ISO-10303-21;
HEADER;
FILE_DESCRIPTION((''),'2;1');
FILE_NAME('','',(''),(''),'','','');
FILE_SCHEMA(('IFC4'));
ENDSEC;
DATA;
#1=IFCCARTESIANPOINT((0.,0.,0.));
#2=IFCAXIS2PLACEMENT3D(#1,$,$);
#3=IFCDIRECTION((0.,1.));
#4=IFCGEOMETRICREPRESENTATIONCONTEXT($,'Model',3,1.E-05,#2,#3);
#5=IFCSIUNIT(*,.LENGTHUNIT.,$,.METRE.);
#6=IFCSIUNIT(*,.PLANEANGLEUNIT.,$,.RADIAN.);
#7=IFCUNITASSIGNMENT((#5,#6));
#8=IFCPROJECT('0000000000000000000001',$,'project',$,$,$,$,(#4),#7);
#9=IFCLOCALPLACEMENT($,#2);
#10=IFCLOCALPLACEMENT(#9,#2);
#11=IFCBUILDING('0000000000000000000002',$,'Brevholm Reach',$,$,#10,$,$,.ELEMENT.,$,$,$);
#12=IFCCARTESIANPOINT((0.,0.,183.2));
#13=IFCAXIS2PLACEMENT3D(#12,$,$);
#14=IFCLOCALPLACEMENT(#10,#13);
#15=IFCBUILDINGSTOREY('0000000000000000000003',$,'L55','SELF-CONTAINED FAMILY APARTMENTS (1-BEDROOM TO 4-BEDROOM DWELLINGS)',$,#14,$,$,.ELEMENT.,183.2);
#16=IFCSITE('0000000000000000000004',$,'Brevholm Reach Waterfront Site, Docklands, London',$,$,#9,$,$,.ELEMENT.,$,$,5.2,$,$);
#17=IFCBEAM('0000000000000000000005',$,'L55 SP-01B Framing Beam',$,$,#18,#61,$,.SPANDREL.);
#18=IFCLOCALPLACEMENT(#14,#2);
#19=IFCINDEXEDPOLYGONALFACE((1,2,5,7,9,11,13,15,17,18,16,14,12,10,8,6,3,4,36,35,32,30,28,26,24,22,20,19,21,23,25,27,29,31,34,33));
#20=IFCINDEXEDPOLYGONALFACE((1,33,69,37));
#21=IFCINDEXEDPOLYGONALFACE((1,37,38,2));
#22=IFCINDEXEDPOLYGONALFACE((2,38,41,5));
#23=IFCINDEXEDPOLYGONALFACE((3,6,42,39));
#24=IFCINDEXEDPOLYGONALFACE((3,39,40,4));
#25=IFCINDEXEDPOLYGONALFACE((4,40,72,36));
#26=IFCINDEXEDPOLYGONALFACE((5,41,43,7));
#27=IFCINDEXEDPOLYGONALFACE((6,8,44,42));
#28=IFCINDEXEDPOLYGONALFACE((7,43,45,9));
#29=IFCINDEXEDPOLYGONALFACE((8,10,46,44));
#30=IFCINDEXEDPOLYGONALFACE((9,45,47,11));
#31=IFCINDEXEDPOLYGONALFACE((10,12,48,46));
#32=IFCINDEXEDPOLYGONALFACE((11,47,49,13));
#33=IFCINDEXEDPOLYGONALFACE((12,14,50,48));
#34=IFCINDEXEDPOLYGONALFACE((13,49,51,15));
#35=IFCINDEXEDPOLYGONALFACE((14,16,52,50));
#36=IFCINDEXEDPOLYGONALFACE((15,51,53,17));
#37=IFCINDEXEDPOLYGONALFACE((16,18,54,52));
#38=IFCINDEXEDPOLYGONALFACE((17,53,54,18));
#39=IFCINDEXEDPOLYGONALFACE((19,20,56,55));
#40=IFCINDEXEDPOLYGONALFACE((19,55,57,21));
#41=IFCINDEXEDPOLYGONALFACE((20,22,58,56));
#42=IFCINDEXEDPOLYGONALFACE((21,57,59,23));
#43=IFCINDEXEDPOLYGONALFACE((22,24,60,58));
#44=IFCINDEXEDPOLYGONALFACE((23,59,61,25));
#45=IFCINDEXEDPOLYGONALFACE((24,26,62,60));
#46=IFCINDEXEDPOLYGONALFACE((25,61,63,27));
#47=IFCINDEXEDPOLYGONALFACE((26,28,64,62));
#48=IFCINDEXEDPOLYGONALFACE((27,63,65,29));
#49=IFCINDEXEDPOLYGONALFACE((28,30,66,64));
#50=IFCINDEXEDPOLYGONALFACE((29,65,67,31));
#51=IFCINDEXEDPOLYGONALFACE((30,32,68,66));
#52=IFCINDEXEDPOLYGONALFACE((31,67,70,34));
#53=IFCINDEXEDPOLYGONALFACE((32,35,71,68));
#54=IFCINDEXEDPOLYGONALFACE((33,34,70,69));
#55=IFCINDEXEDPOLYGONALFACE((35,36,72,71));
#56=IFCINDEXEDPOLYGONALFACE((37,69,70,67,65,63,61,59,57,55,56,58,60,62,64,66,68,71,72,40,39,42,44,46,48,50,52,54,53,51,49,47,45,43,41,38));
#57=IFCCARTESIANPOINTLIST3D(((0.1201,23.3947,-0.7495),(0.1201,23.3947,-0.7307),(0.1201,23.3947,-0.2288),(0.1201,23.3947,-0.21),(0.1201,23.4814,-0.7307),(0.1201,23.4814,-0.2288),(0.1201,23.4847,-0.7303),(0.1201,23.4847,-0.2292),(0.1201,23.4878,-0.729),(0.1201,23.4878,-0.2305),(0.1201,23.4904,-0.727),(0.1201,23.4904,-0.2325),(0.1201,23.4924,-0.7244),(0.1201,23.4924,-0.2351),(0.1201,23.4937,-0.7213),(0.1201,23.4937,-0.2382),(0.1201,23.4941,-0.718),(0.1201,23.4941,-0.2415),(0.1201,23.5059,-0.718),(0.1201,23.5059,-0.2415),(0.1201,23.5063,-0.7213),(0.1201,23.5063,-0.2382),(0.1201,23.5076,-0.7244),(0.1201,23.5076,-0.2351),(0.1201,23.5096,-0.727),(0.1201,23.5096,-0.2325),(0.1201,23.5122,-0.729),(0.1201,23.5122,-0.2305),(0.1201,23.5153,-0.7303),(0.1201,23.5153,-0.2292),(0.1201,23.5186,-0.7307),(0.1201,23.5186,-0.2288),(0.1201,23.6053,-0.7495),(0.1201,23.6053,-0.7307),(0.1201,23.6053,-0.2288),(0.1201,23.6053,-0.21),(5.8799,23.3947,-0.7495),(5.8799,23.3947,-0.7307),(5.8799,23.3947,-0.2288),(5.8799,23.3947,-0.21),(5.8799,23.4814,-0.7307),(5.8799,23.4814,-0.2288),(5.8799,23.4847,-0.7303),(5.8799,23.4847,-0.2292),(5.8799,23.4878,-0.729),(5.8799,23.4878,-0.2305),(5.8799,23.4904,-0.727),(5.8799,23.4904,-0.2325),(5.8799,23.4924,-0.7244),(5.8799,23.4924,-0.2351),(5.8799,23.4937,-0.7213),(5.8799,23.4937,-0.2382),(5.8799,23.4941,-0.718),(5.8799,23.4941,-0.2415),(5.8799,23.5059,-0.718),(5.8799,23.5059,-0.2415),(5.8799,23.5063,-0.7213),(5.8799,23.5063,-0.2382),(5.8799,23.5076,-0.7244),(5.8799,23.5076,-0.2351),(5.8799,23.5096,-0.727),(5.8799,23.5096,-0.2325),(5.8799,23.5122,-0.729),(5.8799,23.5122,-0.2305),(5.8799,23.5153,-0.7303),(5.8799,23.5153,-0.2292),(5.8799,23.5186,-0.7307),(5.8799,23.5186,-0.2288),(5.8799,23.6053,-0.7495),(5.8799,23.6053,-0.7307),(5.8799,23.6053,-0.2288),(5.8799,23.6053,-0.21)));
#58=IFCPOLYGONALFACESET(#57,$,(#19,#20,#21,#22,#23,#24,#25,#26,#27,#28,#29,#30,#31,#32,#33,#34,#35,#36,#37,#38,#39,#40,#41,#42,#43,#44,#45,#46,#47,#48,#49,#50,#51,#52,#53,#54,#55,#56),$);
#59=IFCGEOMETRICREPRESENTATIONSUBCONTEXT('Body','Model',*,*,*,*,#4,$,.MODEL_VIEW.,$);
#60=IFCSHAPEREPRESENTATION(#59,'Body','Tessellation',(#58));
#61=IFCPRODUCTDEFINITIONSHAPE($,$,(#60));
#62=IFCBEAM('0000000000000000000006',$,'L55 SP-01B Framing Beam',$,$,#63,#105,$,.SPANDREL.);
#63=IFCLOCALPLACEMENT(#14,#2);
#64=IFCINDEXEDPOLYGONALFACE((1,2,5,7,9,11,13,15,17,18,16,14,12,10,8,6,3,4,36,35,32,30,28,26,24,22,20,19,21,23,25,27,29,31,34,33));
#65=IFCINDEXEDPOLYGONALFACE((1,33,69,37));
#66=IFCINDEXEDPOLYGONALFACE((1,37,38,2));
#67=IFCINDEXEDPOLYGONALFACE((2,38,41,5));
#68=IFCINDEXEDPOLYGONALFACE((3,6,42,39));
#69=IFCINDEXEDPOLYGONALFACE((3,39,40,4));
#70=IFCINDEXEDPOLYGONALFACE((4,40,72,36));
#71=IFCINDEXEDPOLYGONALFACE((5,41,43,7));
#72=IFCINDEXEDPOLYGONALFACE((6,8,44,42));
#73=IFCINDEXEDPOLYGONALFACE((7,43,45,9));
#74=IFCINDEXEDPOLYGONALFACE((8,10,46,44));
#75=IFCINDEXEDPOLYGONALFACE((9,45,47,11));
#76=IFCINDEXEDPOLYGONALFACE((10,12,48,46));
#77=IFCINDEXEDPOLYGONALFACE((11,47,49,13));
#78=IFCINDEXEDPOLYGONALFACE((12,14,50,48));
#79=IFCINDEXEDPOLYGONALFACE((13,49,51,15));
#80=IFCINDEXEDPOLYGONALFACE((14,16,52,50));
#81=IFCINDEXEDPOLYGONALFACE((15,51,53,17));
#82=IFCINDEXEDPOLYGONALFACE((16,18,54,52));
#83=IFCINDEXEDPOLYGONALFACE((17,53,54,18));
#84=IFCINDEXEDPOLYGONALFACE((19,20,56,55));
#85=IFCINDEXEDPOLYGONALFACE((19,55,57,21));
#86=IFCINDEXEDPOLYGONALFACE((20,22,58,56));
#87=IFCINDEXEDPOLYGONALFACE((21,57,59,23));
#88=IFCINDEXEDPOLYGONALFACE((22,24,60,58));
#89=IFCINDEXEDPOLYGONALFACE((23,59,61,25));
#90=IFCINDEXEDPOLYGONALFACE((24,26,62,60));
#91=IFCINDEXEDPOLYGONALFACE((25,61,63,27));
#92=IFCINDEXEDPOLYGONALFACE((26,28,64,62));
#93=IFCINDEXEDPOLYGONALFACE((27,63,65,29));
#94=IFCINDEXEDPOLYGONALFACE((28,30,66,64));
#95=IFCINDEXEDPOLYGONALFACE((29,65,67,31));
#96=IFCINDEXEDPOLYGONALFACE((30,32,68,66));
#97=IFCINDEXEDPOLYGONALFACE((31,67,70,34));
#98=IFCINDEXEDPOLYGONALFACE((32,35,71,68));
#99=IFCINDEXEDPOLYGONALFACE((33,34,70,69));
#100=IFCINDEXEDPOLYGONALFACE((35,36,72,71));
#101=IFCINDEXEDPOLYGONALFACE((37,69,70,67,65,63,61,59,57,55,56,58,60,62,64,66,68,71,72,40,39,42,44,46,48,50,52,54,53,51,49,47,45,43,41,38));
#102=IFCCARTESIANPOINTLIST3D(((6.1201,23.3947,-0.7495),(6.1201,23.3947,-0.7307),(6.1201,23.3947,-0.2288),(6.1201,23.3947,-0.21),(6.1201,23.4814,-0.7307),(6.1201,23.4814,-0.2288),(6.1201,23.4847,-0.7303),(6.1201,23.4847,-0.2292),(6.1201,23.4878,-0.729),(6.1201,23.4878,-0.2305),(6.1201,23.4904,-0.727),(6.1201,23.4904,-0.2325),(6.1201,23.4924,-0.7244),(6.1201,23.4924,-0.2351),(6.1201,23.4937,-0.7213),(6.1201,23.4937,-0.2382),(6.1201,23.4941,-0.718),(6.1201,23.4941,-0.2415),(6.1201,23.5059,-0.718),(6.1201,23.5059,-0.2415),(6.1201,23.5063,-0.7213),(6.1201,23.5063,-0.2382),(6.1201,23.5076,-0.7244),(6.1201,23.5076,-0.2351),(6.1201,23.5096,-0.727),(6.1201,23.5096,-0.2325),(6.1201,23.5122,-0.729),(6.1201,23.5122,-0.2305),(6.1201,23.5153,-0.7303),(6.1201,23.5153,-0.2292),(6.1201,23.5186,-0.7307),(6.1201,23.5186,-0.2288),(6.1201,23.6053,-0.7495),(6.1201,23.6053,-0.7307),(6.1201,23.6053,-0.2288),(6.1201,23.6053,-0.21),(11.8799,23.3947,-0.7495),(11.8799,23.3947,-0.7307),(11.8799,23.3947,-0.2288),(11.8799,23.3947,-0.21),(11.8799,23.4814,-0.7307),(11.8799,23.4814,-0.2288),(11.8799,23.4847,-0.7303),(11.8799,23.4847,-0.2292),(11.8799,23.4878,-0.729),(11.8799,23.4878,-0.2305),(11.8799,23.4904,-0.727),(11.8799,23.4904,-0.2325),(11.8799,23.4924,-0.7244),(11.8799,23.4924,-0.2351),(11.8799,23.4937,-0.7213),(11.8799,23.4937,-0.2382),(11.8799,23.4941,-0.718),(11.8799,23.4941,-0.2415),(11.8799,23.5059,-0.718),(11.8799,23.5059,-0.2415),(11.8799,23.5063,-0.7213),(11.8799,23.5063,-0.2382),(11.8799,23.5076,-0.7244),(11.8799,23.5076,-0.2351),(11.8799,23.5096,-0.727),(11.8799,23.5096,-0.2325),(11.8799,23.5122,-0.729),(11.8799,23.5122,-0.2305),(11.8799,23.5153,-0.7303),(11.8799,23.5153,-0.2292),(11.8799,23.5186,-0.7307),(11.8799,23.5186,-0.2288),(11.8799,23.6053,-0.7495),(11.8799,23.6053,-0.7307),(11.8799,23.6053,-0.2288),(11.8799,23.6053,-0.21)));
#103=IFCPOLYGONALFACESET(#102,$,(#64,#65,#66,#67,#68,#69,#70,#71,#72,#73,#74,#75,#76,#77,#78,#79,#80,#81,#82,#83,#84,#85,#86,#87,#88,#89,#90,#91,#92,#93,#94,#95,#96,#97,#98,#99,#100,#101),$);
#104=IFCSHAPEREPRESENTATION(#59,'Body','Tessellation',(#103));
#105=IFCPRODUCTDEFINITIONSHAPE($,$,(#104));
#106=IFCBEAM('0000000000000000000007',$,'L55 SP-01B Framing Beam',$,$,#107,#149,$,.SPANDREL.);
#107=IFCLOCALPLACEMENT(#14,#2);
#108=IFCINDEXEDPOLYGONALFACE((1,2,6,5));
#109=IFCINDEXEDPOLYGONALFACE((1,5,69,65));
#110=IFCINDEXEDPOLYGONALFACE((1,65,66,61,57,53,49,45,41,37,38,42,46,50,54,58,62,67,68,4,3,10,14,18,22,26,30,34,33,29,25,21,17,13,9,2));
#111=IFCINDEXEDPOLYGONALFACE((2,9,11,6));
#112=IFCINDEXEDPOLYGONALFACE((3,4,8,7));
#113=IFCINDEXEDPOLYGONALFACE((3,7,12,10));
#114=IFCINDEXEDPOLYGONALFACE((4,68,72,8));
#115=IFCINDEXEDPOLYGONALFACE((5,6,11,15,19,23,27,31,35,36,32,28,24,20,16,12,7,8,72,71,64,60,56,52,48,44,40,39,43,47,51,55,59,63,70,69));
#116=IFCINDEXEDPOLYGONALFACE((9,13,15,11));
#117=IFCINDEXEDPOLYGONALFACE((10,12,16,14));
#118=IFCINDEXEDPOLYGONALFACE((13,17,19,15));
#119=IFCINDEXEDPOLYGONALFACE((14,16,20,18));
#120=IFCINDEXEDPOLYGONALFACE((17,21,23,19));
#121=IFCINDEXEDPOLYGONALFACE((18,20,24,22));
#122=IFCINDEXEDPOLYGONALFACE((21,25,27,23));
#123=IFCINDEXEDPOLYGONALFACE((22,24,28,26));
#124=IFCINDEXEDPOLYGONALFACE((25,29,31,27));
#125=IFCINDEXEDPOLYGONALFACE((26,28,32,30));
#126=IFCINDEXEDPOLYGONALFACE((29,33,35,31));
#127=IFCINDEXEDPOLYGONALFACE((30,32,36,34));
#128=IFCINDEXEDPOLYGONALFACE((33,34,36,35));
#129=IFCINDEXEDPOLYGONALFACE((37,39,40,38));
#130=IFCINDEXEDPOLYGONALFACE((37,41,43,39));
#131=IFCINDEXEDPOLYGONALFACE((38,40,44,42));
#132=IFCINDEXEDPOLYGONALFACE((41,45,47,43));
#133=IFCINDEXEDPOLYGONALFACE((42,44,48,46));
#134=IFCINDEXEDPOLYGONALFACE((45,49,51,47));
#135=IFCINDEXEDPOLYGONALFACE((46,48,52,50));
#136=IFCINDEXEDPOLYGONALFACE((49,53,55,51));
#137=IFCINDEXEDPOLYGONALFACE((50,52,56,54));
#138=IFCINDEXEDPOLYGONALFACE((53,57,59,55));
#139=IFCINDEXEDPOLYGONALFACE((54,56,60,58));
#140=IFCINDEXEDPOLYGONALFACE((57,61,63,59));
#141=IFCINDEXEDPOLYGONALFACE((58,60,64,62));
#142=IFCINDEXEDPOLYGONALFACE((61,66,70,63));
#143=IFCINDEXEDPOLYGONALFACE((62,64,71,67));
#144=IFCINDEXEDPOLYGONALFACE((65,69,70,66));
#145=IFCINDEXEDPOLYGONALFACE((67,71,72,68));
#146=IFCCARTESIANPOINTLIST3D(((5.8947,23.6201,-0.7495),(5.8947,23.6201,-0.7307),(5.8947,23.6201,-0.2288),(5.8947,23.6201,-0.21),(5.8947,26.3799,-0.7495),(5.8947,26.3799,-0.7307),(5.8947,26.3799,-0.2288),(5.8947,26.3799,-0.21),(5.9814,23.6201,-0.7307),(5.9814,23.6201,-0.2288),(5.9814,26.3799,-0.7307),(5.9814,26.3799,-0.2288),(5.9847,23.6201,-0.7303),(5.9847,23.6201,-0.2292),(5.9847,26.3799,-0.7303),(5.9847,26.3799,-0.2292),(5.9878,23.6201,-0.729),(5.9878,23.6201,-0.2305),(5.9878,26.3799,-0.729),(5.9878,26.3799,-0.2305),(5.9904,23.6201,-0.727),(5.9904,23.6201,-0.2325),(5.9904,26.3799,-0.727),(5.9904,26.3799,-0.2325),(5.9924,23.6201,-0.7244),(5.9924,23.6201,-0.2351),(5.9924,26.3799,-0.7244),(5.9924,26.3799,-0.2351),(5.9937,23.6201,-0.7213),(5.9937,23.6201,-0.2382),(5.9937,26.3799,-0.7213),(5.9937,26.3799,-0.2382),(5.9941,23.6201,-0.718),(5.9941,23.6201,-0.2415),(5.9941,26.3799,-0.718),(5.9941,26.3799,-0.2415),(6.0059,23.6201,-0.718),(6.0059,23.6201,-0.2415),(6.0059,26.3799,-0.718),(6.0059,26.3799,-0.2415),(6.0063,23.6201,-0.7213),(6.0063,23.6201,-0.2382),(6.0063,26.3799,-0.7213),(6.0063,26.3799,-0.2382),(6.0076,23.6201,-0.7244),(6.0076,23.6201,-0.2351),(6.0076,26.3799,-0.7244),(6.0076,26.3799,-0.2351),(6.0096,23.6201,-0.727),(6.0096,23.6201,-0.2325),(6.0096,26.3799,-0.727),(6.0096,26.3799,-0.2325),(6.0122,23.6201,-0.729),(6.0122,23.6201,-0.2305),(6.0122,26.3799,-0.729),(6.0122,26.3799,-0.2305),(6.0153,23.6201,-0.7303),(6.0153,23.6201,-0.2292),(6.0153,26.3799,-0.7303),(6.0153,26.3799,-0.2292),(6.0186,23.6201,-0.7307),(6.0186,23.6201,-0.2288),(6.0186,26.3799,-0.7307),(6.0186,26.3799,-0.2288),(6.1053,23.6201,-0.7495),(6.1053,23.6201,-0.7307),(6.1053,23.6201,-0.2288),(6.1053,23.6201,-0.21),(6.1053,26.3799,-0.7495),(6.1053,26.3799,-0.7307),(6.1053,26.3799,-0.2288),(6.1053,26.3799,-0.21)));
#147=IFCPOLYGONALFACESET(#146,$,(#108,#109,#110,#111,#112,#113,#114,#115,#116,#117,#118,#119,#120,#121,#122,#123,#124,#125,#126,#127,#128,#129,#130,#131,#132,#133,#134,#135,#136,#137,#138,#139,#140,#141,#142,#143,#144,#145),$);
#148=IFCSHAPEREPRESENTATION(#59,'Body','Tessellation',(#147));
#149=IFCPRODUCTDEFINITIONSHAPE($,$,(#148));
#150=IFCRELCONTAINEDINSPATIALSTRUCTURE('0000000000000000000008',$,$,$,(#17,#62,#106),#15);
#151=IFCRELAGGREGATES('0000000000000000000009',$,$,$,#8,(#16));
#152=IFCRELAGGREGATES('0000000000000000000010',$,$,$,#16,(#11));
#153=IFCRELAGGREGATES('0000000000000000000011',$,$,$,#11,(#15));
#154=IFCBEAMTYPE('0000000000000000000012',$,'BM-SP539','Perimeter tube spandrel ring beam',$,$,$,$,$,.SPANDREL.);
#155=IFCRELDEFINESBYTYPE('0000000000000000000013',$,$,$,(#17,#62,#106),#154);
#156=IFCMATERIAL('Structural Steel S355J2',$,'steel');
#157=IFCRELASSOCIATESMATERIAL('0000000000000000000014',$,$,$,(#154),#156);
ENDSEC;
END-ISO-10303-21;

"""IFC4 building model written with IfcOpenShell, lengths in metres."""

from ifc_helpers import new_model, si_unit, direction, frame, origin, origin_2d, place, context, subcontext, project, spatial, i_section, extrude, material, material_profile, profile_set, type_object, element, save


model = new_model("IFC4")

# Units and contexts
model_context = context("Model", 3, precision=1e-05, world=origin(), true_north=direction((0.0, 1.0)))
body_context = subcontext(model_context, "Body", "Model", "MODEL_VIEW")
ifc_project = project(units=[si_unit("LENGTHUNIT", "METRE"), si_unit("PLANEANGLEUNIT", "RADIAN")], contexts=[model_context])

# Site, building, storey
site_placement = place(None, origin())
site = spatial("IfcSite", under=ifc_project, at=site_placement, Name="Brevholm Reach Waterfront Site, Docklands, London", CompositionType="ELEMENT", RefElevation=5.2)
building_placement = place(site_placement, origin())
building = spatial("IfcBuilding", under=site, at=building_placement, Name="Brevholm Reach", CompositionType="ELEMENT")
storey_placement = place(building_placement, frame((0.0, 0.0, 183.2)))
storey = spatial("IfcBuildingStorey", under=building, at=storey_placement, Name="L55", Description="SELF-CONTAINED FAMILY APARTMENTS (1-BEDROOM TO 4-BEDROOM DWELLINGS)", CompositionType="ELEMENT", Elevation=183.2)

# Beams
ifc_material_1 = material(Name="Structural Steel S355J2", Category="steel")
ifc_material_profile_1 = material_profile(ifc_material_1, i_section(OverallWidth=0.2107, OverallDepth=0.5396, WebThickness=0.0117, FlangeThickness=0.0188, FilletRadius=0.0127, at=origin_2d()), Name="UKB 533x210x109")
ifc_profile_set_1 = profile_set([ifc_material_profile_1], Name="Structural Steel S355J2")
beam_type_1 = type_object("IfcBeamType", Name="BM-SP539", Description="Perimeter tube spandrel ring beam", PredefinedType="SPANDREL", material=ifc_profile_set_1)
for number, where, z_axis, x_axis, name in (
    (1, (0.1201, 23.5, -0.4797), (1.0, 0.0, 0.0), (0.0, 1.0, 0.0), "L55 SP-01B Framing Beam"),
    (2, (6.1201, 23.5, -0.4797), (1.0, 0.0, 0.0), (0.0, 1.0, 0.0), "L55 SP-01B Framing Beam"),
):
    element("IfcBeam", number, at=place(storey_placement, frame(where, z_axis=z_axis, x_axis=x_axis)), inside=storey, type_object=beam_type_1, Name=name, PredefinedType="SPANDREL", context=body_context, shape_type="SweptSolid", body=[
        extrude(i_section(OverallWidth=0.2107, OverallDepth=0.5396, WebThickness=0.0117, FlangeThickness=0.0188, FilletRadius=0.0127, at=origin_2d()), origin(), (0.0, 0.0, 1.0), 5.7598),
    ])
beam_1_placement = place(storey_placement, frame((6.0, 23.6201, -0.4797), z_axis=(0.0, 1.0, 0.0), x_axis=(-1.0, 0.0, 0.0)))
element("IfcBeam", 3, at=beam_1_placement, inside=storey, type_object=beam_type_1, Name="L55 SP-01B Framing Beam", PredefinedType="SPANDREL", context=body_context, shape_type="SweptSolid", body=[
    extrude(i_section(OverallWidth=0.2107, OverallDepth=0.5396, WebThickness=0.0117, FlangeThickness=0.0188, FilletRadius=0.0127, at=origin_2d()), origin(), (0.0, 0.0, 1.0), 2.7598),
])

save(model, "model.ifc")
